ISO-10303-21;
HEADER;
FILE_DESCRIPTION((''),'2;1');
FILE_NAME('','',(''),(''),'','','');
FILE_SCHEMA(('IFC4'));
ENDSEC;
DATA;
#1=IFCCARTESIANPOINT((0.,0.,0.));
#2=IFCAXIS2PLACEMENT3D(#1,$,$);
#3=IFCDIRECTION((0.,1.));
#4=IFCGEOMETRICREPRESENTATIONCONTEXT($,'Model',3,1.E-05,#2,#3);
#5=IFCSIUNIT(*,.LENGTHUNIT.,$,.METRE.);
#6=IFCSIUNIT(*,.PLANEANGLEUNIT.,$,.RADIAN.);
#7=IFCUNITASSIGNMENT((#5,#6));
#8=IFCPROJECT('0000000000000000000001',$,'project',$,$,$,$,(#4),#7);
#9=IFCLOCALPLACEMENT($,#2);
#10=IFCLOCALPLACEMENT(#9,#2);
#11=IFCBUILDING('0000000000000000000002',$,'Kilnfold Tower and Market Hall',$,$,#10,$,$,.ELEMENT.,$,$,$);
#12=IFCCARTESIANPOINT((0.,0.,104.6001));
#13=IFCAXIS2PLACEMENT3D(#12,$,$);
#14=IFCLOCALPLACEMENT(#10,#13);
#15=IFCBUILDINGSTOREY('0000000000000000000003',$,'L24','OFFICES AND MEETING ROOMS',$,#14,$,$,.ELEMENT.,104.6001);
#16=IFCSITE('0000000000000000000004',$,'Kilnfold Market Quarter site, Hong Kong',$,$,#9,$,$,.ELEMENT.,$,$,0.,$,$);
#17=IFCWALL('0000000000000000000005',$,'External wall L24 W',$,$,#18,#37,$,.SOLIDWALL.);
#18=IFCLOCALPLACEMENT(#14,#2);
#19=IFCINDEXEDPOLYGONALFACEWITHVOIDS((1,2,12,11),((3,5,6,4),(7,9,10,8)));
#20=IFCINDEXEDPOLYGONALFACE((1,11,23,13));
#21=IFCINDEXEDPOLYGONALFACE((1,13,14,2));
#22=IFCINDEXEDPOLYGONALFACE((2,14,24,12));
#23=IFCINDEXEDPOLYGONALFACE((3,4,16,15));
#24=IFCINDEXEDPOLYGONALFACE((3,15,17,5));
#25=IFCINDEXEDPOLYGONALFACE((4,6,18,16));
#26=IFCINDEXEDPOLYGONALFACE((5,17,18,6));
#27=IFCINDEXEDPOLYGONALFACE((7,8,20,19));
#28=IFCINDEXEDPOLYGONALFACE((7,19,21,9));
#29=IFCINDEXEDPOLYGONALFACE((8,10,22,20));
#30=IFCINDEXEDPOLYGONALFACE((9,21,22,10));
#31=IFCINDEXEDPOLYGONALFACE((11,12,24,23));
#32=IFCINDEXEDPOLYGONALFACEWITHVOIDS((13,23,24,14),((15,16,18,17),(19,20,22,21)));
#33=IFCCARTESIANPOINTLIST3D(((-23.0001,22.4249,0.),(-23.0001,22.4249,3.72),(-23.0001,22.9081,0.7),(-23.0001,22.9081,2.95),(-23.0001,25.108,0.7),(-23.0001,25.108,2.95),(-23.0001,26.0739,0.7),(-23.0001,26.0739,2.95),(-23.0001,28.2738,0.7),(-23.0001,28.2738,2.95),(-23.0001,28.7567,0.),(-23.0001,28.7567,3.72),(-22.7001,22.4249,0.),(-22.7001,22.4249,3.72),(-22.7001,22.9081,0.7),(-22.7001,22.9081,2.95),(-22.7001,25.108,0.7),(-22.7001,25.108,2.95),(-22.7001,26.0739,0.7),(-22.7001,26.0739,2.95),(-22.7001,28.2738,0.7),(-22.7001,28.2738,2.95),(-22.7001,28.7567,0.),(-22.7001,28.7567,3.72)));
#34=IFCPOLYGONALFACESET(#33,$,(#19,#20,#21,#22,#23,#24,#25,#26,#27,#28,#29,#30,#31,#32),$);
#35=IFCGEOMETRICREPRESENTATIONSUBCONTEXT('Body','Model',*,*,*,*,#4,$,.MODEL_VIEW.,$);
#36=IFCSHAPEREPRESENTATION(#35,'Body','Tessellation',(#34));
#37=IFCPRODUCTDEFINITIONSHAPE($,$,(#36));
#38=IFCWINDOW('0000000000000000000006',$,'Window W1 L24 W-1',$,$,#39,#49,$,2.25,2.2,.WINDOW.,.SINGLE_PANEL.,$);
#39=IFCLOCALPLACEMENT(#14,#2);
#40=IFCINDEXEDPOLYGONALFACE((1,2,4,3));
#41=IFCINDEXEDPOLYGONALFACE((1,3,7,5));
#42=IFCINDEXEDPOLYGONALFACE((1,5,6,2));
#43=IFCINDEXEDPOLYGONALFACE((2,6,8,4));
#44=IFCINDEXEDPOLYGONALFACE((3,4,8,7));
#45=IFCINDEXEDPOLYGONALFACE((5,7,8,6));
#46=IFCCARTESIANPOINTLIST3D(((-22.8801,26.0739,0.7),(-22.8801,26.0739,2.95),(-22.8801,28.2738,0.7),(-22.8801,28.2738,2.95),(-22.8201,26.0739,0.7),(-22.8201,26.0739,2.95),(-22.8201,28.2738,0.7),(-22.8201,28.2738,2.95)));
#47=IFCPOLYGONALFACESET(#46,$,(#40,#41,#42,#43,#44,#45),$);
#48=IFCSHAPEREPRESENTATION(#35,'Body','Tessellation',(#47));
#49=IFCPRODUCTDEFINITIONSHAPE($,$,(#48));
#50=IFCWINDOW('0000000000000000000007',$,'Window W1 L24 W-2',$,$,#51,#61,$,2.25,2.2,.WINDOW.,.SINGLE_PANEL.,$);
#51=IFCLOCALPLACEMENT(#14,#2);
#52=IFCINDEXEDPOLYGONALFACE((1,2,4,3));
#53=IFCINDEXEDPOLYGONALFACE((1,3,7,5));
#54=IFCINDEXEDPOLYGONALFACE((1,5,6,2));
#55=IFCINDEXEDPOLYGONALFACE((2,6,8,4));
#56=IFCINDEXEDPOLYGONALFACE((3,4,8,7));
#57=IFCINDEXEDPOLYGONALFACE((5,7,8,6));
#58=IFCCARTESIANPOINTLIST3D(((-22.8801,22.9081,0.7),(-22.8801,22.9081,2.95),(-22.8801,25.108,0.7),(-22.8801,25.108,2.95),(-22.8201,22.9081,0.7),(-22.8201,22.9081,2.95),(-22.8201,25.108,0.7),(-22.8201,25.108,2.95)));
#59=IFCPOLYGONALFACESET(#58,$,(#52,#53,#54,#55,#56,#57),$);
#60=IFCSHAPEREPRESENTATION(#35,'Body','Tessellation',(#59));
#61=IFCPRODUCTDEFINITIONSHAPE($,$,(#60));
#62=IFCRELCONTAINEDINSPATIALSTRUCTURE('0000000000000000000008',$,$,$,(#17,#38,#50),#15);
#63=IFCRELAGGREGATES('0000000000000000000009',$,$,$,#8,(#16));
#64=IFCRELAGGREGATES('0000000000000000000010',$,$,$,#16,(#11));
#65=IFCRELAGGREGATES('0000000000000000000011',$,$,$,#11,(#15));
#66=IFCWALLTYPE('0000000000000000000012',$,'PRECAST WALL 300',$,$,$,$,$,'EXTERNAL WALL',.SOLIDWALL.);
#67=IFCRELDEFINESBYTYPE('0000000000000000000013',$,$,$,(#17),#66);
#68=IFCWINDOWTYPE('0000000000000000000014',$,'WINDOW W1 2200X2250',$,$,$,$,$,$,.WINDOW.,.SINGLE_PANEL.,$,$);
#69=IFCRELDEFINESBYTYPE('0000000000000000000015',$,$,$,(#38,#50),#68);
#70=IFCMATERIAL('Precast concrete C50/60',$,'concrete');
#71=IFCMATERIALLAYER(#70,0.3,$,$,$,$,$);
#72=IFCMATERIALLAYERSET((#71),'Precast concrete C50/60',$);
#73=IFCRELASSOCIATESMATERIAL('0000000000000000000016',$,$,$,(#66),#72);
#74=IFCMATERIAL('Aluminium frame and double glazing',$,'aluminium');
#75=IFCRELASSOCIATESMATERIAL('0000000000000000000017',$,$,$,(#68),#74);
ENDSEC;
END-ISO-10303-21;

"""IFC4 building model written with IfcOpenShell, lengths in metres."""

from ifc_helpers import new_model, si_unit, direction, frame, frame_2d, origin, place, context, subcontext, project, spatial, rectangle, extrude, source, transform, mapped, material, layer, layer_set, type_object, element, fill, save


model = new_model("IFC4")

# Units and contexts
model_context = context("Model", 3, precision=1e-05, world=origin(), true_north=direction((0.0, 1.0)))
body_context = subcontext(model_context, "Body", "Model", "MODEL_VIEW")
ifc_project = project(units=[si_unit("LENGTHUNIT", "METRE"), si_unit("PLANEANGLEUNIT", "RADIAN")], contexts=[model_context])

# Site, building, storey
site_placement = place(None, origin())
site = spatial("IfcSite", under=ifc_project, at=site_placement, Name="Kilnfold Market Quarter site, Hong Kong", CompositionType="ELEMENT", RefElevation=0.0)
building_placement = place(site_placement, origin())
building = spatial("IfcBuilding", under=site, at=building_placement, Name="Kilnfold Tower and Market Hall", CompositionType="ELEMENT")
storey_placement = place(building_placement, frame((0.0, 0.0, 104.6001)))
storey = spatial("IfcBuildingStorey", under=building, at=storey_placement, Name="L24", Description="OFFICES AND MEETING ROOMS", CompositionType="ELEMENT", Elevation=104.6001)

# Shared definitions
ifc_material_1 = material(Name="Precast concrete C50/60", Category="concrete")
ifc_layer = layer(ifc_material_1, 0.3)
ifc_layer_set = layer_set([ifc_layer], Name="Precast concrete C50/60")
wall_type = type_object("IfcWallType", Name="PRECAST WALL 300", ElementType="EXTERNAL WALL", PredefinedType="SOLIDWALL", material=ifc_layer_set)
ifc_material_2 = material(Name="Aluminium frame and double glazing", Category="aluminium")
window_type = type_object("IfcWindowType", Name="WINDOW W1 2200X2250", PartitioningType="SINGLE_PANEL", PredefinedType="WINDOW", material=ifc_material_2)

# Wall, openings, windows
shared_shape_1 = source(origin(), body_context, "Body", "SweptSolid", [
    extrude(rectangle(XDim=6.3318, YDim=0.3, at=frame_2d((3.166, 0.0))), origin(), (0.0, 0.0, 1.0), 3.72),
])
wall_1_placement = place(storey_placement, frame((-22.8501, 28.7568, 0.0), z_axis=(0.0, 0.0, 1.0), x_axis=(0.0, -1.0, 0.0)))
wall_1 = element("IfcWall", 1, at=wall_1_placement, inside=storey, type_object=wall_type, Name="External wall L24 W", PredefinedType="SOLIDWALL", context=body_context, shape_type="MappedRepresentation", body=[
    mapped(shared_shape_1, transform((0.0, 0.0, 0.0))),
])
opening_1_placement = place(wall_1_placement, frame((0.4829, 0.0, 0.7)))
opening_1 = element("IfcOpeningElement", 2, at=opening_1_placement, cuts=wall_1, PredefinedType="OPENING", context=body_context, shape_type="SweptSolid", body=[
    extrude(rectangle(XDim=2.2, YDim=2.25, at=frame_2d((1.1001, 1.125))), frame((0.0, 0.1602, 0.0), z_axis=(0.0, -1.0, 0.0), x_axis=(1.0, 0.0, 0.0)), (0.0, 0.0, 1.0), 0.3201),
])
opening_2_placement = place(wall_1_placement, frame((3.6487, 0.0, 0.7)))
opening_2 = element("IfcOpeningElement", 3, at=opening_2_placement, cuts=wall_1, PredefinedType="OPENING", context=body_context, shape_type="SweptSolid", body=[
    extrude(rectangle(XDim=2.2, YDim=2.25, at=frame_2d((1.1001, 1.125))), frame((0.0, 0.1602, 0.0), z_axis=(0.0, -1.0, 0.0), x_axis=(1.0, 0.0, 0.0)), (0.0, 0.0, 1.0), 0.3201),
])
window_1_placement = place(opening_1_placement, origin())
window_1 = element("IfcWindow", 4, at=window_1_placement, inside=storey, type_object=window_type, Name="Window W1 L24 W-1", OverallHeight=2.25, OverallWidth=2.2, PartitioningType="SINGLE_PANEL", PredefinedType="WINDOW", context=body_context, shape_type="SweptSolid", body=[
    extrude(rectangle(XDim=2.2, YDim=2.25, at=frame_2d((1.1001, 1.125))), frame((0.0, 0.03, 0.0), z_axis=(0.0, -1.0, 0.0), x_axis=(1.0, 0.0, 0.0)), (0.0, 0.0, 1.0), 0.0601),
])
fill(opening_1, window_1)
window_2_placement = place(opening_2_placement, origin())
window_2 = element("IfcWindow", 5, at=window_2_placement, inside=storey, type_object=window_type, Name="Window W1 L24 W-2", OverallHeight=2.25, OverallWidth=2.2, PartitioningType="SINGLE_PANEL", PredefinedType="WINDOW", context=body_context, shape_type="SweptSolid", body=[
    extrude(rectangle(XDim=2.2, YDim=2.25, at=frame_2d((1.1001, 1.125))), frame((0.0, 0.03, 0.0), z_axis=(0.0, -1.0, 0.0), x_axis=(1.0, 0.0, 0.0)), (0.0, 0.0, 1.0), 0.0601),
])
fill(opening_2, window_2)

save(model, "model.ifc")
